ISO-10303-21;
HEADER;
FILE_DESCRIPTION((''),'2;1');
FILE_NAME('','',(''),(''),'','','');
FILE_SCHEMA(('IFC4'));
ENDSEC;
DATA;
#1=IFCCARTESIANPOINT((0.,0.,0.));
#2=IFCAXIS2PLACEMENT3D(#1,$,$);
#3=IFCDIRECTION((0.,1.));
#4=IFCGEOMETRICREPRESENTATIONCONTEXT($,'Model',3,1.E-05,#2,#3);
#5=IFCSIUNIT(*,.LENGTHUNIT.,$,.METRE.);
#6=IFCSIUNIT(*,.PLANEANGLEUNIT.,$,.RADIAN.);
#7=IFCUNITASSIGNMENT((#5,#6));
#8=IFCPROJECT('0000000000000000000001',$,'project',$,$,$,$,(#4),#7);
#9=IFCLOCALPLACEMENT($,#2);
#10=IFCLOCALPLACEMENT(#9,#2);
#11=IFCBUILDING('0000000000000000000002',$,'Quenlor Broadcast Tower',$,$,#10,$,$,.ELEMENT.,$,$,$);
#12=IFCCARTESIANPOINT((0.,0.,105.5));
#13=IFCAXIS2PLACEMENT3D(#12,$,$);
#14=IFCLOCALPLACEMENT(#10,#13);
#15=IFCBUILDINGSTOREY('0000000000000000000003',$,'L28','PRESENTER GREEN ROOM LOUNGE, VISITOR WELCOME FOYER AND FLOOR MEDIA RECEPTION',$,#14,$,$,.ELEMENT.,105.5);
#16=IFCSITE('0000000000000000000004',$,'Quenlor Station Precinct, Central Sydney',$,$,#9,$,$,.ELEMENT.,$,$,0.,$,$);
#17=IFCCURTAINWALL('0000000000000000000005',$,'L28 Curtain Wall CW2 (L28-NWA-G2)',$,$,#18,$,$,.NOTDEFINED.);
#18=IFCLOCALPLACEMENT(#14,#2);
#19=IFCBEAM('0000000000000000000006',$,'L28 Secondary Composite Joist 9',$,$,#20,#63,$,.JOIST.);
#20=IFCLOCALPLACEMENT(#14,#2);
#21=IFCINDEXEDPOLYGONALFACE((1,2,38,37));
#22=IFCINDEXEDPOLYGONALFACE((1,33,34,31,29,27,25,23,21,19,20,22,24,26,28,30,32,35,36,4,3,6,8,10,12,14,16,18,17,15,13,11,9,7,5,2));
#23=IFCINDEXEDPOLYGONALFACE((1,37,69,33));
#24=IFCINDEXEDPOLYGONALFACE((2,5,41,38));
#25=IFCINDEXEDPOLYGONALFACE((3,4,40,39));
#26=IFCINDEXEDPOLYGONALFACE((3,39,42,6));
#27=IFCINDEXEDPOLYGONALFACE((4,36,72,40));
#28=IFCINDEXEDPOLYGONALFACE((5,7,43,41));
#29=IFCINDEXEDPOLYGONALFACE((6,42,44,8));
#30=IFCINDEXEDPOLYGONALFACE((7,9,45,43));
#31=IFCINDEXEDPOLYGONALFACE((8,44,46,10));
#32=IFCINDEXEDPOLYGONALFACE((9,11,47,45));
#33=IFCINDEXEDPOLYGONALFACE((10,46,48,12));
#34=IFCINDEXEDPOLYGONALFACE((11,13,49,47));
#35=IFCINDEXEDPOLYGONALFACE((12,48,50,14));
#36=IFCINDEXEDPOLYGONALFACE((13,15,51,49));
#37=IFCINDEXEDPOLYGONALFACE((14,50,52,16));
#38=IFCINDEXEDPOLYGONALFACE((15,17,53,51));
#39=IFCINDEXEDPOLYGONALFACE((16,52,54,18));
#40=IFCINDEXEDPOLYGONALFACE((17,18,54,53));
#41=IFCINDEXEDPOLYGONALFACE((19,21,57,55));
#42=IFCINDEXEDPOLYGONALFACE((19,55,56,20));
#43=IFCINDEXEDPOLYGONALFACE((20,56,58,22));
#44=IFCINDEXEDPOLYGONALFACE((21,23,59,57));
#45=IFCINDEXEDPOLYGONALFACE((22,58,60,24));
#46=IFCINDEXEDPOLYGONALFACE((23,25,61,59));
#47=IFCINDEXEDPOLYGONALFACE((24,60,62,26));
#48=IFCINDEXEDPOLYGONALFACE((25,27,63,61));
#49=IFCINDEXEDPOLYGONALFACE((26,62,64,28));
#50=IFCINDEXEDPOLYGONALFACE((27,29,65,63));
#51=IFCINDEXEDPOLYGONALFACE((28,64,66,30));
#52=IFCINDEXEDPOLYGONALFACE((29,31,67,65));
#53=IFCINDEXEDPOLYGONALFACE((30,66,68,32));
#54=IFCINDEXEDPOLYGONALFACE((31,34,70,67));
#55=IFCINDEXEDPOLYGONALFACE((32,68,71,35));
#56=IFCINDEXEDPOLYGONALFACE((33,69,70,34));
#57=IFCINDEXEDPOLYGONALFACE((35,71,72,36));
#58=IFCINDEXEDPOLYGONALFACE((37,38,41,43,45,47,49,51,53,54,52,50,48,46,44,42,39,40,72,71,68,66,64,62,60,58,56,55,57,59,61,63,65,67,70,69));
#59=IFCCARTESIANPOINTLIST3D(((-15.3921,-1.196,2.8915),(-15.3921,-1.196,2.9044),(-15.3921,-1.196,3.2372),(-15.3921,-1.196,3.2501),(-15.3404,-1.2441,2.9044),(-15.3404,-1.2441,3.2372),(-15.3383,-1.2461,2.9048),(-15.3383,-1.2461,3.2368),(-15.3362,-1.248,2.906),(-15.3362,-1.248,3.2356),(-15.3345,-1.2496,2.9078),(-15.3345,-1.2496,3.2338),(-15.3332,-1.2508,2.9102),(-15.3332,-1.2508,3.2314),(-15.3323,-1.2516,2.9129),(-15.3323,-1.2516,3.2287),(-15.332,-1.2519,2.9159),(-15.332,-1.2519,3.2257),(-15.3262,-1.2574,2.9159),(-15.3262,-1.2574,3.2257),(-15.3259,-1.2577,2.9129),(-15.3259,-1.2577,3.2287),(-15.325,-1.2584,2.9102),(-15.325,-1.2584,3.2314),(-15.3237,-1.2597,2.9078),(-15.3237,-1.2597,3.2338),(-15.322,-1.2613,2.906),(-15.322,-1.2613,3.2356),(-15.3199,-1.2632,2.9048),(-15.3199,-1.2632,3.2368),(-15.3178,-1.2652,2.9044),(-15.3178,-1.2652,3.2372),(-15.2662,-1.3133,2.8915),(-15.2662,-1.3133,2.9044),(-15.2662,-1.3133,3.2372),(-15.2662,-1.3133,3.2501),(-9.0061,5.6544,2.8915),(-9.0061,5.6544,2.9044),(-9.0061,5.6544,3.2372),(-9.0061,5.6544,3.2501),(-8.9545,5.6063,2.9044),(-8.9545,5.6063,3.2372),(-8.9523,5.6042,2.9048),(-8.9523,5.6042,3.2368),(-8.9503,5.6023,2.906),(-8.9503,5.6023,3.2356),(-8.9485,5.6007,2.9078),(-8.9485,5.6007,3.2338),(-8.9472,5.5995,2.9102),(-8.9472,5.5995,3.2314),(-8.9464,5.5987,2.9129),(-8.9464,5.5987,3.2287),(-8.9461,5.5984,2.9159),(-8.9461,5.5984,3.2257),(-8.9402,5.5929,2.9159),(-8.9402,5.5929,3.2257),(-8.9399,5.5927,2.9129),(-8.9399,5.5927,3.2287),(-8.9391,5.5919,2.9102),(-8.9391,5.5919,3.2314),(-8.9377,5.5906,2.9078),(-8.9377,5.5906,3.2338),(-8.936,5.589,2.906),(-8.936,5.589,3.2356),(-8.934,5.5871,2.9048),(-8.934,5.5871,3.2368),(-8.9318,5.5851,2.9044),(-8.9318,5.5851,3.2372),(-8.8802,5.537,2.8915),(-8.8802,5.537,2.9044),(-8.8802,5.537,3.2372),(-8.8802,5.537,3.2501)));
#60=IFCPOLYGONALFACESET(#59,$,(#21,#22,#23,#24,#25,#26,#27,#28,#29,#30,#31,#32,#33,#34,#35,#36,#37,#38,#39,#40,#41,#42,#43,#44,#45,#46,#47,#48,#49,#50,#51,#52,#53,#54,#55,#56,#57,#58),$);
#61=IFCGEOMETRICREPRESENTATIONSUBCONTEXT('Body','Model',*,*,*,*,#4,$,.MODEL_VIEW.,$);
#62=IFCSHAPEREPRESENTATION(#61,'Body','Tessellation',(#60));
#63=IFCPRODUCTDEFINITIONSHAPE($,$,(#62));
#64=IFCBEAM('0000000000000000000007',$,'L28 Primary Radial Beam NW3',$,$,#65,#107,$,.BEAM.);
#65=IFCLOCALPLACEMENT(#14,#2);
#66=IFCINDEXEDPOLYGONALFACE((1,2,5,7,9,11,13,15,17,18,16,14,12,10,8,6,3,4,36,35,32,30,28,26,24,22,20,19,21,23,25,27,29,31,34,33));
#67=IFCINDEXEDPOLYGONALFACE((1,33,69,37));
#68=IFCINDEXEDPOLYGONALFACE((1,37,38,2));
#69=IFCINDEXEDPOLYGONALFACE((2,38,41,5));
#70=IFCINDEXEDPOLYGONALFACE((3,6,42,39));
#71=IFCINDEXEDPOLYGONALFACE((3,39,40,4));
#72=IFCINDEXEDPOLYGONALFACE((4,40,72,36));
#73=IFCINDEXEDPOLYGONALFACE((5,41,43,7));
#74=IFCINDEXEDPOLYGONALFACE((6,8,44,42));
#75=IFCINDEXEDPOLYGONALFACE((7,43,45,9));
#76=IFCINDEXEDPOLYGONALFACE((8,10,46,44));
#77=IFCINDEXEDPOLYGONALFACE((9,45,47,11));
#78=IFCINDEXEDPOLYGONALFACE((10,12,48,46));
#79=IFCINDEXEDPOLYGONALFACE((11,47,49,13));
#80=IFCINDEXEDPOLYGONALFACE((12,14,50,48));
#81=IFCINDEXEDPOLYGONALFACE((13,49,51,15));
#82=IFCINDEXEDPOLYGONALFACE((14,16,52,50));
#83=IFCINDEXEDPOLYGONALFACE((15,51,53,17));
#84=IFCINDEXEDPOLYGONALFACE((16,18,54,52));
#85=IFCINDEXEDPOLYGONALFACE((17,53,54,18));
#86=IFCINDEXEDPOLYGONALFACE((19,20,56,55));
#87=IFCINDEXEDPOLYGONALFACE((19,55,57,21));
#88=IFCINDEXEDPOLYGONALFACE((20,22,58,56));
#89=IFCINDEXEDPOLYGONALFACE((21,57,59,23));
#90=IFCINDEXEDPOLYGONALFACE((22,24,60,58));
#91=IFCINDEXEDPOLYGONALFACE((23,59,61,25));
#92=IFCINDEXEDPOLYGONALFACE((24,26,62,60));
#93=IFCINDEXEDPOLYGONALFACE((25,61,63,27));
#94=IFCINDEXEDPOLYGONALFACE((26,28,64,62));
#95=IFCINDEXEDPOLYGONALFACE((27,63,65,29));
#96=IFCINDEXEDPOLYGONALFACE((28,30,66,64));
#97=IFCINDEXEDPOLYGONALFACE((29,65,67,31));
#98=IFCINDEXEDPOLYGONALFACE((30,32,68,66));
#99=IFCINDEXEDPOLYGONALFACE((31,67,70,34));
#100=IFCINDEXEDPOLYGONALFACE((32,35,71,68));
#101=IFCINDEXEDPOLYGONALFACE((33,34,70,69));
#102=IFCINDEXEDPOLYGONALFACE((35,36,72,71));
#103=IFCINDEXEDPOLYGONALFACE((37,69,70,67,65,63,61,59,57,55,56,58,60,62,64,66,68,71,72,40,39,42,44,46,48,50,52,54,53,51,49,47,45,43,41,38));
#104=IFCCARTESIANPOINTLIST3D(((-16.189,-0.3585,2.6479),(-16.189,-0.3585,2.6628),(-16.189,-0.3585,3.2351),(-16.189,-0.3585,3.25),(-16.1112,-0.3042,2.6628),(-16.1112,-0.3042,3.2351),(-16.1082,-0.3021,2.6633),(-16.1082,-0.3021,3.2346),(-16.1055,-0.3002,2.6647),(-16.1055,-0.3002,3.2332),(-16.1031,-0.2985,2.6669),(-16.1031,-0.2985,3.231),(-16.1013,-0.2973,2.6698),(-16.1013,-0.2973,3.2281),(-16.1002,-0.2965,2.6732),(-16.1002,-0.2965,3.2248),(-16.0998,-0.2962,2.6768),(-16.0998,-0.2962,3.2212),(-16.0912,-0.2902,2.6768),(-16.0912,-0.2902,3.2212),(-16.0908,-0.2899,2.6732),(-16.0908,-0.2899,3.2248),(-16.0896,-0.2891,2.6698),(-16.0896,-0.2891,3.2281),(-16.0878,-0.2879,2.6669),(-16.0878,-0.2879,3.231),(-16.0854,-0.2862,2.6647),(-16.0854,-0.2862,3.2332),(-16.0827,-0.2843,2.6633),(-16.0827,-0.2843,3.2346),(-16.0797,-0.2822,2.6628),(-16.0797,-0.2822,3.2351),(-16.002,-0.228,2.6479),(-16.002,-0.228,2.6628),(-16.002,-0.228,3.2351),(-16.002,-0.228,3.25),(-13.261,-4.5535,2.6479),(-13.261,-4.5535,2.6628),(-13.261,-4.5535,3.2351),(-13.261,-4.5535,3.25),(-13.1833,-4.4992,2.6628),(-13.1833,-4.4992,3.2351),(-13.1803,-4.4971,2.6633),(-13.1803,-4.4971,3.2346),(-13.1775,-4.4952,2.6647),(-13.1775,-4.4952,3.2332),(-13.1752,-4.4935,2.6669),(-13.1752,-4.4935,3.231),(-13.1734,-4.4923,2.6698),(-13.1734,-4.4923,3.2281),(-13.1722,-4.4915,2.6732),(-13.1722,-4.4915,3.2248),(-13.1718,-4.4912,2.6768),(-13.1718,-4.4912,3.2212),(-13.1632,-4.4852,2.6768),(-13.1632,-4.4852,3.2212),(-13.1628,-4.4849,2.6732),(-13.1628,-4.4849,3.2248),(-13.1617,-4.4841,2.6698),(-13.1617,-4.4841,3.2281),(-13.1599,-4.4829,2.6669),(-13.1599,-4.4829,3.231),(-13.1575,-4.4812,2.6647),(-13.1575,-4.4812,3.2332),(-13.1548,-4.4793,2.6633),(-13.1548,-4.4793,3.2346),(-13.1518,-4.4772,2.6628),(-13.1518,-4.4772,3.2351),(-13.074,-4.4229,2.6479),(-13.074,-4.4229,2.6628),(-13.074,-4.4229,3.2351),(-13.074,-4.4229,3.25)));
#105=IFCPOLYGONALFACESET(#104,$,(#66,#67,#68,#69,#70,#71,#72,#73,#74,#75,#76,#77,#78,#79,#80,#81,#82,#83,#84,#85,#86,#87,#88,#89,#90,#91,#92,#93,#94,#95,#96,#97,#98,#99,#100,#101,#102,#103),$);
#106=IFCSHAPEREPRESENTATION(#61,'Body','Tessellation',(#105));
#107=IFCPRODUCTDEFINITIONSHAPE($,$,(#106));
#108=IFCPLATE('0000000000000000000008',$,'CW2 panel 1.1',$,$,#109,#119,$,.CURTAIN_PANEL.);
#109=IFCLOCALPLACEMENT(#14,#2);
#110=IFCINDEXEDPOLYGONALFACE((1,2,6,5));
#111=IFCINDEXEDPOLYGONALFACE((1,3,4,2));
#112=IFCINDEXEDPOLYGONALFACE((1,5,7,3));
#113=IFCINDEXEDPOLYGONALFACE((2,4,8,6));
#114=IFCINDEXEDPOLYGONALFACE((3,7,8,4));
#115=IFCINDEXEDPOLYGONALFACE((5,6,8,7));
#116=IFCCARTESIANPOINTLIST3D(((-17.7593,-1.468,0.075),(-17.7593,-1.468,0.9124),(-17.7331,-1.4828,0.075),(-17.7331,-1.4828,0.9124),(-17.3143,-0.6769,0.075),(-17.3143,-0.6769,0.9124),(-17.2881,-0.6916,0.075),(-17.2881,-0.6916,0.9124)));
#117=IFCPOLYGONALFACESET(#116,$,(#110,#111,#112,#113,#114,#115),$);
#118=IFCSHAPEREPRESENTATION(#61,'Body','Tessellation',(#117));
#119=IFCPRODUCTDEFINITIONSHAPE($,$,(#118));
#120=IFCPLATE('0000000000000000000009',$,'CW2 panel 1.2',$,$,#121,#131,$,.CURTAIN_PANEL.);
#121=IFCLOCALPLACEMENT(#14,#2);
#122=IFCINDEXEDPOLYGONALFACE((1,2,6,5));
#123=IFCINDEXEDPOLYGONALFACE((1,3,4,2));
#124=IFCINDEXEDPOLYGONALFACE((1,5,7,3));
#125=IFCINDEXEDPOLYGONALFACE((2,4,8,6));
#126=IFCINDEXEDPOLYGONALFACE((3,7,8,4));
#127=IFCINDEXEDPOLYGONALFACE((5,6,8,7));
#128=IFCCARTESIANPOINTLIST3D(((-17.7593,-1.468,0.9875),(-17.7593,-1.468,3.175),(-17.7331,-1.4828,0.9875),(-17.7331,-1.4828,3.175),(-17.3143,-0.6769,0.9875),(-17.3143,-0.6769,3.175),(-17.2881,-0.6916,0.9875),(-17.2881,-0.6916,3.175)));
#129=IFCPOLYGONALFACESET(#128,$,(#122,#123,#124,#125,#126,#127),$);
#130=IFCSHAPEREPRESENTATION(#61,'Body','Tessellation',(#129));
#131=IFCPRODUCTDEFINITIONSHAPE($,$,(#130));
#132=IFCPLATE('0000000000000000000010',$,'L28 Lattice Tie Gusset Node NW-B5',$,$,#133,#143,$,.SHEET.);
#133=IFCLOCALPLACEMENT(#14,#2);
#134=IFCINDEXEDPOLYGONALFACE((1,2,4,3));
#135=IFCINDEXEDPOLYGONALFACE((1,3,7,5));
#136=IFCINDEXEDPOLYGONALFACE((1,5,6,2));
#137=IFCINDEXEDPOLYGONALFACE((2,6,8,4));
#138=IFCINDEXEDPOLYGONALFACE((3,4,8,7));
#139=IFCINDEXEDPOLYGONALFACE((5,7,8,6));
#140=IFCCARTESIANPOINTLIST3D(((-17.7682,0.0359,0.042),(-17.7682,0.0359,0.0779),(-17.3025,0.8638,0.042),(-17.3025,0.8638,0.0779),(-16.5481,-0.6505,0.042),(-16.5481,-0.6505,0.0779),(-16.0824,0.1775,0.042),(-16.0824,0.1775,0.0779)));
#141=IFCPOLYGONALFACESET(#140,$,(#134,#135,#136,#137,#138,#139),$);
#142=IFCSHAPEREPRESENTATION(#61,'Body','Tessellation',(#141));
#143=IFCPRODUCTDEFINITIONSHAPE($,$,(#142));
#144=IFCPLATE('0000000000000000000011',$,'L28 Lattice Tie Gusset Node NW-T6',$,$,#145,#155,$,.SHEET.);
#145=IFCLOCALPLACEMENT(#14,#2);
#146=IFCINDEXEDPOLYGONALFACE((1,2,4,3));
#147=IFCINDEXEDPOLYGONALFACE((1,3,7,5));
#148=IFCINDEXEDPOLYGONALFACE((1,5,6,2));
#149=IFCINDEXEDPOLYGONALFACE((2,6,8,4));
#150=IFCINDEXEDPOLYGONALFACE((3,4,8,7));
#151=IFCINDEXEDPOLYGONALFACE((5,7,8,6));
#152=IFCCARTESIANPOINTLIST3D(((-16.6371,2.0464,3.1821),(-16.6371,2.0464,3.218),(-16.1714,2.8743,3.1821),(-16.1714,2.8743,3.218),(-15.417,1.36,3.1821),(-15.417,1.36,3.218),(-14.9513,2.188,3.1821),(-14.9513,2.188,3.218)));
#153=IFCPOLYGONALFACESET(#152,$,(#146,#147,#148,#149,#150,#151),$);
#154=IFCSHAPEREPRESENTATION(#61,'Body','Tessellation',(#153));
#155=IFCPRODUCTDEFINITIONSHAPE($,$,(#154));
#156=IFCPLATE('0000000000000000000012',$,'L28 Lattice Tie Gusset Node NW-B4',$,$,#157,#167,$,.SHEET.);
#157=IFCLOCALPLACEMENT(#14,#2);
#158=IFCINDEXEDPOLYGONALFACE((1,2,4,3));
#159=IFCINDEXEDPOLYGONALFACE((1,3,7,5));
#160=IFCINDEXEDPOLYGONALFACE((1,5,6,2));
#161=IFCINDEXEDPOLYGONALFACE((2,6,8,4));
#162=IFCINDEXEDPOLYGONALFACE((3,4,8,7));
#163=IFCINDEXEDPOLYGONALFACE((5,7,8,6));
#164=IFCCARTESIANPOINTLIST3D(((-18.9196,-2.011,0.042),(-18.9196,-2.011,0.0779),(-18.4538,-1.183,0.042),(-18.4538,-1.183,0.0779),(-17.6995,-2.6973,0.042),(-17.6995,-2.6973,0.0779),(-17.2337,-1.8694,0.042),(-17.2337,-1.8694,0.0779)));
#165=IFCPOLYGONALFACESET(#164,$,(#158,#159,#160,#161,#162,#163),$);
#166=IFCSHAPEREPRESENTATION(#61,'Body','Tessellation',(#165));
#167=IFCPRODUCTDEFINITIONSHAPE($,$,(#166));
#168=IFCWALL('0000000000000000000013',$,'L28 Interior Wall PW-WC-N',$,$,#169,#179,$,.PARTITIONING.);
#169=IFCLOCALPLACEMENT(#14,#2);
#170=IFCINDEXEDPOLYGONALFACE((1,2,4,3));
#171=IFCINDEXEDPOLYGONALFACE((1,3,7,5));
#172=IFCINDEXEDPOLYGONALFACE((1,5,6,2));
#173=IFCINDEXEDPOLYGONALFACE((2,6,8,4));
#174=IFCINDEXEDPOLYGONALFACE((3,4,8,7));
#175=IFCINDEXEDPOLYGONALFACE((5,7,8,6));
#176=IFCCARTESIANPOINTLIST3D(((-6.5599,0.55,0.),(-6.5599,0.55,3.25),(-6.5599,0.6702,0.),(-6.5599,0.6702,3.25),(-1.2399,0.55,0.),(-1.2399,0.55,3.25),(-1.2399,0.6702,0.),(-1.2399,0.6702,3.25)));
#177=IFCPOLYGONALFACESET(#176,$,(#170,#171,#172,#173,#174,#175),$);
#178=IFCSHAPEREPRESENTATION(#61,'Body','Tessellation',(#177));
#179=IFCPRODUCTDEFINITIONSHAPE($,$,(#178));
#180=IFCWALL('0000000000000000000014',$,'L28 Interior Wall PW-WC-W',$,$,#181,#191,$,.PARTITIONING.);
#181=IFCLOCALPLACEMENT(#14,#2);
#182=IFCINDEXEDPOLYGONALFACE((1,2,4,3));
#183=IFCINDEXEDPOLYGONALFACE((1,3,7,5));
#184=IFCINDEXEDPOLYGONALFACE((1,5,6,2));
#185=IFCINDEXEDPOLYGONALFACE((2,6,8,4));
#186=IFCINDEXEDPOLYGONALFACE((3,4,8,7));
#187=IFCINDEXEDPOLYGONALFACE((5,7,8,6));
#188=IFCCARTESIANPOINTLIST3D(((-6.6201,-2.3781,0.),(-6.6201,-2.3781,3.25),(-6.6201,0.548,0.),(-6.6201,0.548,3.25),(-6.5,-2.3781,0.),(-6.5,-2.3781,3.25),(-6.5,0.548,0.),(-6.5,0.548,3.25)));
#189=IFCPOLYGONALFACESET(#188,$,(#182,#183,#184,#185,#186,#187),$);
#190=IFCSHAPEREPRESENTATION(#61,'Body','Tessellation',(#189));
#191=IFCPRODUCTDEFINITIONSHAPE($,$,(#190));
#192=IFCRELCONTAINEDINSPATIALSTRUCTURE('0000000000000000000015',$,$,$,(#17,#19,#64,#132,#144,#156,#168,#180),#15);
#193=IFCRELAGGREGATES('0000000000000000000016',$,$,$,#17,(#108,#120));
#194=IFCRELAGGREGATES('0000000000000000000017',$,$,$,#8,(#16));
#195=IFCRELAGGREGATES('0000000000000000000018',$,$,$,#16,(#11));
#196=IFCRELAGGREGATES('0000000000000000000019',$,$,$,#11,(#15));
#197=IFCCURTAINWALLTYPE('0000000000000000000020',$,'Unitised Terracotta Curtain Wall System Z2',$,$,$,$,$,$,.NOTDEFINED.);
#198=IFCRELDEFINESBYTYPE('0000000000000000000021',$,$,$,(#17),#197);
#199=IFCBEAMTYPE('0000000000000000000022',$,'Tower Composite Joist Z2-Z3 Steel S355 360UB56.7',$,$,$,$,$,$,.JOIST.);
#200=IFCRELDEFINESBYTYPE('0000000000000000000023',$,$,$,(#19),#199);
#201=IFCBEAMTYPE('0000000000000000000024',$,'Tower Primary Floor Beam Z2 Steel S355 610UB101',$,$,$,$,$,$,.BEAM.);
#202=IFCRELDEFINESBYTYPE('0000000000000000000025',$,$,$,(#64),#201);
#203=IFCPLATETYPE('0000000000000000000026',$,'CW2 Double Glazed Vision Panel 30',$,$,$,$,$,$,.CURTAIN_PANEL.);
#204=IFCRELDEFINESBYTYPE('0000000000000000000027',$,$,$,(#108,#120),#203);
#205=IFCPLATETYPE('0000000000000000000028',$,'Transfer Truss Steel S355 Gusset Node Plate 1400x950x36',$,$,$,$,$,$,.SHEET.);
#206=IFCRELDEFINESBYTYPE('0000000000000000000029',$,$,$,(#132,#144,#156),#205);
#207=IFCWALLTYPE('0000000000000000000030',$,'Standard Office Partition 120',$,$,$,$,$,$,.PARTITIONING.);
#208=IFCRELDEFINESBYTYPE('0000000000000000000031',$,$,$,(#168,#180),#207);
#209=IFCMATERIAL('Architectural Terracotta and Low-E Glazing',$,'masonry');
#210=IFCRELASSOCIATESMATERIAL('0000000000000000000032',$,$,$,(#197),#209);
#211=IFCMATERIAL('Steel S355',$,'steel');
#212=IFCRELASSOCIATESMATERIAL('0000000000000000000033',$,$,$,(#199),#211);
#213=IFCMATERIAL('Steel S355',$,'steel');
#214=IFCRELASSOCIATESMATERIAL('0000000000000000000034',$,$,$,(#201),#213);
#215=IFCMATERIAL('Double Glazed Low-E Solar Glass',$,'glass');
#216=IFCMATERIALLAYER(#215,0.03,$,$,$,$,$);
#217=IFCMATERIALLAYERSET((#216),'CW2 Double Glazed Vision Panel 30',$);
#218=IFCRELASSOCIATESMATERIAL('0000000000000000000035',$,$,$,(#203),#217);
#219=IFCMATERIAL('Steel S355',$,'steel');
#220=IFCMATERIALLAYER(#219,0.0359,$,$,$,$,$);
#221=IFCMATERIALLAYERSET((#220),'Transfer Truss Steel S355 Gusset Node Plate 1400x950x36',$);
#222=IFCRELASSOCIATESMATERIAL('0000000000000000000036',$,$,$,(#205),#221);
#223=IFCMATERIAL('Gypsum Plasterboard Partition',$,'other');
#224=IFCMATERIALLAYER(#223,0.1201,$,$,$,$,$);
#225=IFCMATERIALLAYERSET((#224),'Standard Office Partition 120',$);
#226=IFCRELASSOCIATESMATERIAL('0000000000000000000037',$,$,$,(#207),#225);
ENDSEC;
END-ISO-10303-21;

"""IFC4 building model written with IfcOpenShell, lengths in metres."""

from ifc_helpers import new_model, si_unit, direction, frame, frame_2d, origin, origin_2d, place, context, subcontext, project, spatial, rectangle, i_section, extrude, material, layer, layer_set, material_profile, profile_set, type_object, element, aggregate, save


model = new_model("IFC4")

# Units and contexts
model_context = context("Model", 3, precision=1e-05, world=origin(), true_north=direction((0.0, 1.0)))
body_context = subcontext(model_context, "Body", "Model", "MODEL_VIEW")
ifc_project = project(units=[si_unit("LENGTHUNIT", "METRE"), si_unit("PLANEANGLEUNIT", "RADIAN")], contexts=[model_context])

# Site, building, storey
site_placement = place(None, origin())
site = spatial("IfcSite", under=ifc_project, at=site_placement, Name="Quenlor Station Precinct, Central Sydney", CompositionType="ELEMENT", RefElevation=0.0)
building_placement = place(site_placement, origin())
building = spatial("IfcBuilding", under=site, at=building_placement, Name="Quenlor Broadcast Tower", CompositionType="ELEMENT")
storey_placement = place(building_placement, frame((0.0, 0.0, 105.5)))
storey = spatial("IfcBuildingStorey", under=building, at=storey_placement, Name="L28", Description="PRESENTER GREEN ROOM LOUNGE, VISITOR WELCOME FOYER AND FLOOR MEDIA RECEPTION", CompositionType="ELEMENT", Elevation=105.5)

# Curtain wall
ifc_material_1 = material(Name="Architectural Terracotta and Low-E Glazing", Category="masonry")
curtain_wall_type = type_object("IfcCurtainWallType", Name="Unitised Terracotta Curtain Wall System Z2", PredefinedType="NOTDEFINED", material=ifc_material_1)
curtain_wall_placement = place(storey_placement, origin())
curtain_wall = element("IfcCurtainWall", 1, at=curtain_wall_placement, inside=storey, type_object=curtain_wall_type, Name="L28 Curtain Wall CW2 (L28-NWA-G2)", PredefinedType="NOTDEFINED")

# Beams
ifc_material_2 = material(Name="Steel S355", Category="steel")
ifc_material_profile_1 = material_profile(ifc_material_2, i_section(OverallWidth=0.1721, OverallDepth=0.3586, WebThickness=0.0081, FlangeThickness=0.0129, FilletRadius=0.0115, at=origin_2d()))
ifc_profile_set_1 = profile_set([ifc_material_profile_1], Name="Steel S355 360UB56.7")
beam_type_1 = type_object("IfcBeamType", Name="Tower Composite Joist Z2-Z3 Steel S355 360UB56.7", PredefinedType="JOIST", material=ifc_profile_set_1)
beam_1_placement = place(storey_placement, frame((-15.3291, -1.2546, 3.0708), z_axis=(0.681881, 0.731463, 0.0), x_axis=(-0.731463, 0.681881, 0.0)))
element("IfcBeam", 2, at=beam_1_placement, inside=storey, type_object=beam_type_1, Name="L28 Secondary Composite Joist 9", PredefinedType="JOIST", context=body_context, shape_type="SweptSolid", body=[
    extrude(i_section(OverallWidth=0.1721, OverallDepth=0.3586, WebThickness=0.0081, FlangeThickness=0.0129, FilletRadius=0.0115, at=origin_2d()), origin(), (0.0, 0.0, 1.0), 9.3652),
])
ifc_material_3 = material(Name="Steel S355", Category="steel")
ifc_material_profile_2 = material_profile(ifc_material_3, i_section(OverallWidth=0.228, OverallDepth=0.6021, WebThickness=0.0105, FlangeThickness=0.0149, FilletRadius=0.0139, at=origin_2d()))
ifc_profile_set_2 = profile_set([ifc_material_profile_2], Name="Steel S355 610UB101")
beam_type_2 = type_object("IfcBeamType", Name="Tower Primary Floor Beam Z2 Steel S355 610UB101", PredefinedType="BEAM", material=ifc_profile_set_2)
beam_2_placement = place(storey_placement, frame((-16.0955, -0.2932, 2.949), z_axis=(0.572338, -0.820018, 0.0), x_axis=(0.820018, 0.572338, 0.0)))
element("IfcBeam", 3, at=beam_2_placement, inside=storey, type_object=beam_type_2, Name="L28 Primary Radial Beam NW3", PredefinedType="BEAM", context=body_context, shape_type="SweptSolid", body=[
    extrude(i_section(OverallWidth=0.228, OverallDepth=0.6021, WebThickness=0.0105, FlangeThickness=0.0149, FilletRadius=0.0139, at=origin_2d()), origin(), (0.0, 0.0, 1.0), 5.1157),
])

# Plates
ifc_material_4 = material(Name="Double Glazed Low-E Solar Glass", Category="glass")
ifc_layer_1 = layer(ifc_material_4, 0.03)
ifc_layer_set_1 = layer_set([ifc_layer_1], Name="CW2 Double Glazed Vision Panel 30")
plate_type_1 = type_object("IfcPlateType", Name="CW2 Double Glazed Vision Panel 30", PredefinedType="CURTAIN_PANEL", material=ifc_layer_set_1)
plate_1_placement = place(storey_placement, frame((-17.5237, -1.0798, 0.075), z_axis=(0.0, 0.0, 1.0), x_axis=(0.490252, 0.871581, 0.0)))
plate_1 = element("IfcPlate", 4, at=plate_1_placement, type_object=plate_type_1, Name="CW2 panel 1.1", PredefinedType="CURTAIN_PANEL", context=body_context, shape_type="SweptSolid", body=[
    extrude(rectangle(XDim=0.9077, YDim=0.03, at=origin_2d()), origin(), (0.0, 0.0, 1.0), 0.8374),
])
plate_2_placement = place(storey_placement, frame((-17.5237, -1.0798, 0.9875), z_axis=(0.0, 0.0, 1.0), x_axis=(0.490252, 0.871581, 0.0)))
plate_2 = element("IfcPlate", 5, at=plate_2_placement, type_object=plate_type_1, Name="CW2 panel 1.2", PredefinedType="CURTAIN_PANEL", context=body_context, shape_type="SweptSolid", body=[
    extrude(rectangle(XDim=0.9077, YDim=0.03, at=origin_2d()), origin(), (0.0, 0.0, 1.0), 2.1875),
])
aggregate(curtain_wall, [plate_1, plate_2])

# Plates
ifc_material_5 = material(Name="Steel S355", Category="steel")
ifc_layer_2 = layer(ifc_material_5, 0.0359)
ifc_layer_set_2 = layer_set([ifc_layer_2], Name="Transfer Truss Steel S355 Gusset Node Plate 1400x950x36")
plate_type_2 = type_object("IfcPlateType", Name="Transfer Truss Steel S355 Gusset Node Plate 1400x950x36", PredefinedType="SHEET", material=ifc_layer_set_2)
for number, where, z_axis, x_axis, name in (
    (6, (-16.9253, 0.1067, 0.042), (0.0, 0.0, 1.0), (-0.871556, 0.490295, 0.0), "L28 Lattice Tie Gusset Node NW-B5"),
    (7, (-15.7942, 2.1172, 3.1821), (0.0, 0.0, 1.0), (-0.871556, 0.490295, 0.0), "L28 Lattice Tie Gusset Node NW-T6"),
    (8, (-18.0767, -1.9402, 0.042), (0.0, 0.0, 1.0), (-0.871556, 0.490295, 0.0), "L28 Lattice Tie Gusset Node NW-B4"),
):
    element("IfcPlate", number, at=place(storey_placement, frame(where, z_axis=z_axis, x_axis=x_axis)), inside=storey, type_object=plate_type_2, Name=name, PredefinedType="SHEET", context=body_context, shape_type="SweptSolid", body=[
        extrude(rectangle(XDim=1.3999, YDim=0.95, at=origin_2d()), origin(), (0.0, 0.0, 1.0), 0.0359),
    ])

# Walls
ifc_material_6 = material(Name="Gypsum Plasterboard Partition", Category="other")
ifc_layer_3 = layer(ifc_material_6, 0.1201)
ifc_layer_set_3 = layer_set([ifc_layer_3], Name="Standard Office Partition 120")
wall_type_1 = type_object("IfcWallType", Name="Standard Office Partition 120", PredefinedType="PARTITIONING", material=ifc_layer_set_3)
wall_1_placement = place(storey_placement, frame((-6.5601, 0.6101, 0.0), z_axis=(0.0, 0.0, 1.0), x_axis=(1.0, 0.0, 0.0)))
element("IfcWall", 9, at=wall_1_placement, inside=storey, type_object=wall_type_1, Name="L28 Interior Wall PW-WC-N", PredefinedType="PARTITIONING", context=body_context, shape_type="SweptSolid", body=[
    extrude(rectangle(XDim=5.3201, YDim=0.1201, at=frame_2d((2.6602, 0.0))), origin(), (0.0, 0.0, 1.0), 3.25),
])
wall_2_placement = place(storey_placement, frame((-6.5601, -2.3779, 0.0), z_axis=(0.0, 0.0, 1.0), x_axis=(0.0, 1.0, 0.0)))
element("IfcWall", 10, at=wall_2_placement, inside=storey, type_object=wall_type_1, Name="L28 Interior Wall PW-WC-W", PredefinedType="PARTITIONING", context=body_context, shape_type="SweptSolid", body=[
    extrude(rectangle(XDim=2.926, YDim=0.1201, at=frame_2d((1.4629, 0.0))), origin(), (0.0, 0.0, 1.0), 3.25),
])

save(model, "model.ifc")
